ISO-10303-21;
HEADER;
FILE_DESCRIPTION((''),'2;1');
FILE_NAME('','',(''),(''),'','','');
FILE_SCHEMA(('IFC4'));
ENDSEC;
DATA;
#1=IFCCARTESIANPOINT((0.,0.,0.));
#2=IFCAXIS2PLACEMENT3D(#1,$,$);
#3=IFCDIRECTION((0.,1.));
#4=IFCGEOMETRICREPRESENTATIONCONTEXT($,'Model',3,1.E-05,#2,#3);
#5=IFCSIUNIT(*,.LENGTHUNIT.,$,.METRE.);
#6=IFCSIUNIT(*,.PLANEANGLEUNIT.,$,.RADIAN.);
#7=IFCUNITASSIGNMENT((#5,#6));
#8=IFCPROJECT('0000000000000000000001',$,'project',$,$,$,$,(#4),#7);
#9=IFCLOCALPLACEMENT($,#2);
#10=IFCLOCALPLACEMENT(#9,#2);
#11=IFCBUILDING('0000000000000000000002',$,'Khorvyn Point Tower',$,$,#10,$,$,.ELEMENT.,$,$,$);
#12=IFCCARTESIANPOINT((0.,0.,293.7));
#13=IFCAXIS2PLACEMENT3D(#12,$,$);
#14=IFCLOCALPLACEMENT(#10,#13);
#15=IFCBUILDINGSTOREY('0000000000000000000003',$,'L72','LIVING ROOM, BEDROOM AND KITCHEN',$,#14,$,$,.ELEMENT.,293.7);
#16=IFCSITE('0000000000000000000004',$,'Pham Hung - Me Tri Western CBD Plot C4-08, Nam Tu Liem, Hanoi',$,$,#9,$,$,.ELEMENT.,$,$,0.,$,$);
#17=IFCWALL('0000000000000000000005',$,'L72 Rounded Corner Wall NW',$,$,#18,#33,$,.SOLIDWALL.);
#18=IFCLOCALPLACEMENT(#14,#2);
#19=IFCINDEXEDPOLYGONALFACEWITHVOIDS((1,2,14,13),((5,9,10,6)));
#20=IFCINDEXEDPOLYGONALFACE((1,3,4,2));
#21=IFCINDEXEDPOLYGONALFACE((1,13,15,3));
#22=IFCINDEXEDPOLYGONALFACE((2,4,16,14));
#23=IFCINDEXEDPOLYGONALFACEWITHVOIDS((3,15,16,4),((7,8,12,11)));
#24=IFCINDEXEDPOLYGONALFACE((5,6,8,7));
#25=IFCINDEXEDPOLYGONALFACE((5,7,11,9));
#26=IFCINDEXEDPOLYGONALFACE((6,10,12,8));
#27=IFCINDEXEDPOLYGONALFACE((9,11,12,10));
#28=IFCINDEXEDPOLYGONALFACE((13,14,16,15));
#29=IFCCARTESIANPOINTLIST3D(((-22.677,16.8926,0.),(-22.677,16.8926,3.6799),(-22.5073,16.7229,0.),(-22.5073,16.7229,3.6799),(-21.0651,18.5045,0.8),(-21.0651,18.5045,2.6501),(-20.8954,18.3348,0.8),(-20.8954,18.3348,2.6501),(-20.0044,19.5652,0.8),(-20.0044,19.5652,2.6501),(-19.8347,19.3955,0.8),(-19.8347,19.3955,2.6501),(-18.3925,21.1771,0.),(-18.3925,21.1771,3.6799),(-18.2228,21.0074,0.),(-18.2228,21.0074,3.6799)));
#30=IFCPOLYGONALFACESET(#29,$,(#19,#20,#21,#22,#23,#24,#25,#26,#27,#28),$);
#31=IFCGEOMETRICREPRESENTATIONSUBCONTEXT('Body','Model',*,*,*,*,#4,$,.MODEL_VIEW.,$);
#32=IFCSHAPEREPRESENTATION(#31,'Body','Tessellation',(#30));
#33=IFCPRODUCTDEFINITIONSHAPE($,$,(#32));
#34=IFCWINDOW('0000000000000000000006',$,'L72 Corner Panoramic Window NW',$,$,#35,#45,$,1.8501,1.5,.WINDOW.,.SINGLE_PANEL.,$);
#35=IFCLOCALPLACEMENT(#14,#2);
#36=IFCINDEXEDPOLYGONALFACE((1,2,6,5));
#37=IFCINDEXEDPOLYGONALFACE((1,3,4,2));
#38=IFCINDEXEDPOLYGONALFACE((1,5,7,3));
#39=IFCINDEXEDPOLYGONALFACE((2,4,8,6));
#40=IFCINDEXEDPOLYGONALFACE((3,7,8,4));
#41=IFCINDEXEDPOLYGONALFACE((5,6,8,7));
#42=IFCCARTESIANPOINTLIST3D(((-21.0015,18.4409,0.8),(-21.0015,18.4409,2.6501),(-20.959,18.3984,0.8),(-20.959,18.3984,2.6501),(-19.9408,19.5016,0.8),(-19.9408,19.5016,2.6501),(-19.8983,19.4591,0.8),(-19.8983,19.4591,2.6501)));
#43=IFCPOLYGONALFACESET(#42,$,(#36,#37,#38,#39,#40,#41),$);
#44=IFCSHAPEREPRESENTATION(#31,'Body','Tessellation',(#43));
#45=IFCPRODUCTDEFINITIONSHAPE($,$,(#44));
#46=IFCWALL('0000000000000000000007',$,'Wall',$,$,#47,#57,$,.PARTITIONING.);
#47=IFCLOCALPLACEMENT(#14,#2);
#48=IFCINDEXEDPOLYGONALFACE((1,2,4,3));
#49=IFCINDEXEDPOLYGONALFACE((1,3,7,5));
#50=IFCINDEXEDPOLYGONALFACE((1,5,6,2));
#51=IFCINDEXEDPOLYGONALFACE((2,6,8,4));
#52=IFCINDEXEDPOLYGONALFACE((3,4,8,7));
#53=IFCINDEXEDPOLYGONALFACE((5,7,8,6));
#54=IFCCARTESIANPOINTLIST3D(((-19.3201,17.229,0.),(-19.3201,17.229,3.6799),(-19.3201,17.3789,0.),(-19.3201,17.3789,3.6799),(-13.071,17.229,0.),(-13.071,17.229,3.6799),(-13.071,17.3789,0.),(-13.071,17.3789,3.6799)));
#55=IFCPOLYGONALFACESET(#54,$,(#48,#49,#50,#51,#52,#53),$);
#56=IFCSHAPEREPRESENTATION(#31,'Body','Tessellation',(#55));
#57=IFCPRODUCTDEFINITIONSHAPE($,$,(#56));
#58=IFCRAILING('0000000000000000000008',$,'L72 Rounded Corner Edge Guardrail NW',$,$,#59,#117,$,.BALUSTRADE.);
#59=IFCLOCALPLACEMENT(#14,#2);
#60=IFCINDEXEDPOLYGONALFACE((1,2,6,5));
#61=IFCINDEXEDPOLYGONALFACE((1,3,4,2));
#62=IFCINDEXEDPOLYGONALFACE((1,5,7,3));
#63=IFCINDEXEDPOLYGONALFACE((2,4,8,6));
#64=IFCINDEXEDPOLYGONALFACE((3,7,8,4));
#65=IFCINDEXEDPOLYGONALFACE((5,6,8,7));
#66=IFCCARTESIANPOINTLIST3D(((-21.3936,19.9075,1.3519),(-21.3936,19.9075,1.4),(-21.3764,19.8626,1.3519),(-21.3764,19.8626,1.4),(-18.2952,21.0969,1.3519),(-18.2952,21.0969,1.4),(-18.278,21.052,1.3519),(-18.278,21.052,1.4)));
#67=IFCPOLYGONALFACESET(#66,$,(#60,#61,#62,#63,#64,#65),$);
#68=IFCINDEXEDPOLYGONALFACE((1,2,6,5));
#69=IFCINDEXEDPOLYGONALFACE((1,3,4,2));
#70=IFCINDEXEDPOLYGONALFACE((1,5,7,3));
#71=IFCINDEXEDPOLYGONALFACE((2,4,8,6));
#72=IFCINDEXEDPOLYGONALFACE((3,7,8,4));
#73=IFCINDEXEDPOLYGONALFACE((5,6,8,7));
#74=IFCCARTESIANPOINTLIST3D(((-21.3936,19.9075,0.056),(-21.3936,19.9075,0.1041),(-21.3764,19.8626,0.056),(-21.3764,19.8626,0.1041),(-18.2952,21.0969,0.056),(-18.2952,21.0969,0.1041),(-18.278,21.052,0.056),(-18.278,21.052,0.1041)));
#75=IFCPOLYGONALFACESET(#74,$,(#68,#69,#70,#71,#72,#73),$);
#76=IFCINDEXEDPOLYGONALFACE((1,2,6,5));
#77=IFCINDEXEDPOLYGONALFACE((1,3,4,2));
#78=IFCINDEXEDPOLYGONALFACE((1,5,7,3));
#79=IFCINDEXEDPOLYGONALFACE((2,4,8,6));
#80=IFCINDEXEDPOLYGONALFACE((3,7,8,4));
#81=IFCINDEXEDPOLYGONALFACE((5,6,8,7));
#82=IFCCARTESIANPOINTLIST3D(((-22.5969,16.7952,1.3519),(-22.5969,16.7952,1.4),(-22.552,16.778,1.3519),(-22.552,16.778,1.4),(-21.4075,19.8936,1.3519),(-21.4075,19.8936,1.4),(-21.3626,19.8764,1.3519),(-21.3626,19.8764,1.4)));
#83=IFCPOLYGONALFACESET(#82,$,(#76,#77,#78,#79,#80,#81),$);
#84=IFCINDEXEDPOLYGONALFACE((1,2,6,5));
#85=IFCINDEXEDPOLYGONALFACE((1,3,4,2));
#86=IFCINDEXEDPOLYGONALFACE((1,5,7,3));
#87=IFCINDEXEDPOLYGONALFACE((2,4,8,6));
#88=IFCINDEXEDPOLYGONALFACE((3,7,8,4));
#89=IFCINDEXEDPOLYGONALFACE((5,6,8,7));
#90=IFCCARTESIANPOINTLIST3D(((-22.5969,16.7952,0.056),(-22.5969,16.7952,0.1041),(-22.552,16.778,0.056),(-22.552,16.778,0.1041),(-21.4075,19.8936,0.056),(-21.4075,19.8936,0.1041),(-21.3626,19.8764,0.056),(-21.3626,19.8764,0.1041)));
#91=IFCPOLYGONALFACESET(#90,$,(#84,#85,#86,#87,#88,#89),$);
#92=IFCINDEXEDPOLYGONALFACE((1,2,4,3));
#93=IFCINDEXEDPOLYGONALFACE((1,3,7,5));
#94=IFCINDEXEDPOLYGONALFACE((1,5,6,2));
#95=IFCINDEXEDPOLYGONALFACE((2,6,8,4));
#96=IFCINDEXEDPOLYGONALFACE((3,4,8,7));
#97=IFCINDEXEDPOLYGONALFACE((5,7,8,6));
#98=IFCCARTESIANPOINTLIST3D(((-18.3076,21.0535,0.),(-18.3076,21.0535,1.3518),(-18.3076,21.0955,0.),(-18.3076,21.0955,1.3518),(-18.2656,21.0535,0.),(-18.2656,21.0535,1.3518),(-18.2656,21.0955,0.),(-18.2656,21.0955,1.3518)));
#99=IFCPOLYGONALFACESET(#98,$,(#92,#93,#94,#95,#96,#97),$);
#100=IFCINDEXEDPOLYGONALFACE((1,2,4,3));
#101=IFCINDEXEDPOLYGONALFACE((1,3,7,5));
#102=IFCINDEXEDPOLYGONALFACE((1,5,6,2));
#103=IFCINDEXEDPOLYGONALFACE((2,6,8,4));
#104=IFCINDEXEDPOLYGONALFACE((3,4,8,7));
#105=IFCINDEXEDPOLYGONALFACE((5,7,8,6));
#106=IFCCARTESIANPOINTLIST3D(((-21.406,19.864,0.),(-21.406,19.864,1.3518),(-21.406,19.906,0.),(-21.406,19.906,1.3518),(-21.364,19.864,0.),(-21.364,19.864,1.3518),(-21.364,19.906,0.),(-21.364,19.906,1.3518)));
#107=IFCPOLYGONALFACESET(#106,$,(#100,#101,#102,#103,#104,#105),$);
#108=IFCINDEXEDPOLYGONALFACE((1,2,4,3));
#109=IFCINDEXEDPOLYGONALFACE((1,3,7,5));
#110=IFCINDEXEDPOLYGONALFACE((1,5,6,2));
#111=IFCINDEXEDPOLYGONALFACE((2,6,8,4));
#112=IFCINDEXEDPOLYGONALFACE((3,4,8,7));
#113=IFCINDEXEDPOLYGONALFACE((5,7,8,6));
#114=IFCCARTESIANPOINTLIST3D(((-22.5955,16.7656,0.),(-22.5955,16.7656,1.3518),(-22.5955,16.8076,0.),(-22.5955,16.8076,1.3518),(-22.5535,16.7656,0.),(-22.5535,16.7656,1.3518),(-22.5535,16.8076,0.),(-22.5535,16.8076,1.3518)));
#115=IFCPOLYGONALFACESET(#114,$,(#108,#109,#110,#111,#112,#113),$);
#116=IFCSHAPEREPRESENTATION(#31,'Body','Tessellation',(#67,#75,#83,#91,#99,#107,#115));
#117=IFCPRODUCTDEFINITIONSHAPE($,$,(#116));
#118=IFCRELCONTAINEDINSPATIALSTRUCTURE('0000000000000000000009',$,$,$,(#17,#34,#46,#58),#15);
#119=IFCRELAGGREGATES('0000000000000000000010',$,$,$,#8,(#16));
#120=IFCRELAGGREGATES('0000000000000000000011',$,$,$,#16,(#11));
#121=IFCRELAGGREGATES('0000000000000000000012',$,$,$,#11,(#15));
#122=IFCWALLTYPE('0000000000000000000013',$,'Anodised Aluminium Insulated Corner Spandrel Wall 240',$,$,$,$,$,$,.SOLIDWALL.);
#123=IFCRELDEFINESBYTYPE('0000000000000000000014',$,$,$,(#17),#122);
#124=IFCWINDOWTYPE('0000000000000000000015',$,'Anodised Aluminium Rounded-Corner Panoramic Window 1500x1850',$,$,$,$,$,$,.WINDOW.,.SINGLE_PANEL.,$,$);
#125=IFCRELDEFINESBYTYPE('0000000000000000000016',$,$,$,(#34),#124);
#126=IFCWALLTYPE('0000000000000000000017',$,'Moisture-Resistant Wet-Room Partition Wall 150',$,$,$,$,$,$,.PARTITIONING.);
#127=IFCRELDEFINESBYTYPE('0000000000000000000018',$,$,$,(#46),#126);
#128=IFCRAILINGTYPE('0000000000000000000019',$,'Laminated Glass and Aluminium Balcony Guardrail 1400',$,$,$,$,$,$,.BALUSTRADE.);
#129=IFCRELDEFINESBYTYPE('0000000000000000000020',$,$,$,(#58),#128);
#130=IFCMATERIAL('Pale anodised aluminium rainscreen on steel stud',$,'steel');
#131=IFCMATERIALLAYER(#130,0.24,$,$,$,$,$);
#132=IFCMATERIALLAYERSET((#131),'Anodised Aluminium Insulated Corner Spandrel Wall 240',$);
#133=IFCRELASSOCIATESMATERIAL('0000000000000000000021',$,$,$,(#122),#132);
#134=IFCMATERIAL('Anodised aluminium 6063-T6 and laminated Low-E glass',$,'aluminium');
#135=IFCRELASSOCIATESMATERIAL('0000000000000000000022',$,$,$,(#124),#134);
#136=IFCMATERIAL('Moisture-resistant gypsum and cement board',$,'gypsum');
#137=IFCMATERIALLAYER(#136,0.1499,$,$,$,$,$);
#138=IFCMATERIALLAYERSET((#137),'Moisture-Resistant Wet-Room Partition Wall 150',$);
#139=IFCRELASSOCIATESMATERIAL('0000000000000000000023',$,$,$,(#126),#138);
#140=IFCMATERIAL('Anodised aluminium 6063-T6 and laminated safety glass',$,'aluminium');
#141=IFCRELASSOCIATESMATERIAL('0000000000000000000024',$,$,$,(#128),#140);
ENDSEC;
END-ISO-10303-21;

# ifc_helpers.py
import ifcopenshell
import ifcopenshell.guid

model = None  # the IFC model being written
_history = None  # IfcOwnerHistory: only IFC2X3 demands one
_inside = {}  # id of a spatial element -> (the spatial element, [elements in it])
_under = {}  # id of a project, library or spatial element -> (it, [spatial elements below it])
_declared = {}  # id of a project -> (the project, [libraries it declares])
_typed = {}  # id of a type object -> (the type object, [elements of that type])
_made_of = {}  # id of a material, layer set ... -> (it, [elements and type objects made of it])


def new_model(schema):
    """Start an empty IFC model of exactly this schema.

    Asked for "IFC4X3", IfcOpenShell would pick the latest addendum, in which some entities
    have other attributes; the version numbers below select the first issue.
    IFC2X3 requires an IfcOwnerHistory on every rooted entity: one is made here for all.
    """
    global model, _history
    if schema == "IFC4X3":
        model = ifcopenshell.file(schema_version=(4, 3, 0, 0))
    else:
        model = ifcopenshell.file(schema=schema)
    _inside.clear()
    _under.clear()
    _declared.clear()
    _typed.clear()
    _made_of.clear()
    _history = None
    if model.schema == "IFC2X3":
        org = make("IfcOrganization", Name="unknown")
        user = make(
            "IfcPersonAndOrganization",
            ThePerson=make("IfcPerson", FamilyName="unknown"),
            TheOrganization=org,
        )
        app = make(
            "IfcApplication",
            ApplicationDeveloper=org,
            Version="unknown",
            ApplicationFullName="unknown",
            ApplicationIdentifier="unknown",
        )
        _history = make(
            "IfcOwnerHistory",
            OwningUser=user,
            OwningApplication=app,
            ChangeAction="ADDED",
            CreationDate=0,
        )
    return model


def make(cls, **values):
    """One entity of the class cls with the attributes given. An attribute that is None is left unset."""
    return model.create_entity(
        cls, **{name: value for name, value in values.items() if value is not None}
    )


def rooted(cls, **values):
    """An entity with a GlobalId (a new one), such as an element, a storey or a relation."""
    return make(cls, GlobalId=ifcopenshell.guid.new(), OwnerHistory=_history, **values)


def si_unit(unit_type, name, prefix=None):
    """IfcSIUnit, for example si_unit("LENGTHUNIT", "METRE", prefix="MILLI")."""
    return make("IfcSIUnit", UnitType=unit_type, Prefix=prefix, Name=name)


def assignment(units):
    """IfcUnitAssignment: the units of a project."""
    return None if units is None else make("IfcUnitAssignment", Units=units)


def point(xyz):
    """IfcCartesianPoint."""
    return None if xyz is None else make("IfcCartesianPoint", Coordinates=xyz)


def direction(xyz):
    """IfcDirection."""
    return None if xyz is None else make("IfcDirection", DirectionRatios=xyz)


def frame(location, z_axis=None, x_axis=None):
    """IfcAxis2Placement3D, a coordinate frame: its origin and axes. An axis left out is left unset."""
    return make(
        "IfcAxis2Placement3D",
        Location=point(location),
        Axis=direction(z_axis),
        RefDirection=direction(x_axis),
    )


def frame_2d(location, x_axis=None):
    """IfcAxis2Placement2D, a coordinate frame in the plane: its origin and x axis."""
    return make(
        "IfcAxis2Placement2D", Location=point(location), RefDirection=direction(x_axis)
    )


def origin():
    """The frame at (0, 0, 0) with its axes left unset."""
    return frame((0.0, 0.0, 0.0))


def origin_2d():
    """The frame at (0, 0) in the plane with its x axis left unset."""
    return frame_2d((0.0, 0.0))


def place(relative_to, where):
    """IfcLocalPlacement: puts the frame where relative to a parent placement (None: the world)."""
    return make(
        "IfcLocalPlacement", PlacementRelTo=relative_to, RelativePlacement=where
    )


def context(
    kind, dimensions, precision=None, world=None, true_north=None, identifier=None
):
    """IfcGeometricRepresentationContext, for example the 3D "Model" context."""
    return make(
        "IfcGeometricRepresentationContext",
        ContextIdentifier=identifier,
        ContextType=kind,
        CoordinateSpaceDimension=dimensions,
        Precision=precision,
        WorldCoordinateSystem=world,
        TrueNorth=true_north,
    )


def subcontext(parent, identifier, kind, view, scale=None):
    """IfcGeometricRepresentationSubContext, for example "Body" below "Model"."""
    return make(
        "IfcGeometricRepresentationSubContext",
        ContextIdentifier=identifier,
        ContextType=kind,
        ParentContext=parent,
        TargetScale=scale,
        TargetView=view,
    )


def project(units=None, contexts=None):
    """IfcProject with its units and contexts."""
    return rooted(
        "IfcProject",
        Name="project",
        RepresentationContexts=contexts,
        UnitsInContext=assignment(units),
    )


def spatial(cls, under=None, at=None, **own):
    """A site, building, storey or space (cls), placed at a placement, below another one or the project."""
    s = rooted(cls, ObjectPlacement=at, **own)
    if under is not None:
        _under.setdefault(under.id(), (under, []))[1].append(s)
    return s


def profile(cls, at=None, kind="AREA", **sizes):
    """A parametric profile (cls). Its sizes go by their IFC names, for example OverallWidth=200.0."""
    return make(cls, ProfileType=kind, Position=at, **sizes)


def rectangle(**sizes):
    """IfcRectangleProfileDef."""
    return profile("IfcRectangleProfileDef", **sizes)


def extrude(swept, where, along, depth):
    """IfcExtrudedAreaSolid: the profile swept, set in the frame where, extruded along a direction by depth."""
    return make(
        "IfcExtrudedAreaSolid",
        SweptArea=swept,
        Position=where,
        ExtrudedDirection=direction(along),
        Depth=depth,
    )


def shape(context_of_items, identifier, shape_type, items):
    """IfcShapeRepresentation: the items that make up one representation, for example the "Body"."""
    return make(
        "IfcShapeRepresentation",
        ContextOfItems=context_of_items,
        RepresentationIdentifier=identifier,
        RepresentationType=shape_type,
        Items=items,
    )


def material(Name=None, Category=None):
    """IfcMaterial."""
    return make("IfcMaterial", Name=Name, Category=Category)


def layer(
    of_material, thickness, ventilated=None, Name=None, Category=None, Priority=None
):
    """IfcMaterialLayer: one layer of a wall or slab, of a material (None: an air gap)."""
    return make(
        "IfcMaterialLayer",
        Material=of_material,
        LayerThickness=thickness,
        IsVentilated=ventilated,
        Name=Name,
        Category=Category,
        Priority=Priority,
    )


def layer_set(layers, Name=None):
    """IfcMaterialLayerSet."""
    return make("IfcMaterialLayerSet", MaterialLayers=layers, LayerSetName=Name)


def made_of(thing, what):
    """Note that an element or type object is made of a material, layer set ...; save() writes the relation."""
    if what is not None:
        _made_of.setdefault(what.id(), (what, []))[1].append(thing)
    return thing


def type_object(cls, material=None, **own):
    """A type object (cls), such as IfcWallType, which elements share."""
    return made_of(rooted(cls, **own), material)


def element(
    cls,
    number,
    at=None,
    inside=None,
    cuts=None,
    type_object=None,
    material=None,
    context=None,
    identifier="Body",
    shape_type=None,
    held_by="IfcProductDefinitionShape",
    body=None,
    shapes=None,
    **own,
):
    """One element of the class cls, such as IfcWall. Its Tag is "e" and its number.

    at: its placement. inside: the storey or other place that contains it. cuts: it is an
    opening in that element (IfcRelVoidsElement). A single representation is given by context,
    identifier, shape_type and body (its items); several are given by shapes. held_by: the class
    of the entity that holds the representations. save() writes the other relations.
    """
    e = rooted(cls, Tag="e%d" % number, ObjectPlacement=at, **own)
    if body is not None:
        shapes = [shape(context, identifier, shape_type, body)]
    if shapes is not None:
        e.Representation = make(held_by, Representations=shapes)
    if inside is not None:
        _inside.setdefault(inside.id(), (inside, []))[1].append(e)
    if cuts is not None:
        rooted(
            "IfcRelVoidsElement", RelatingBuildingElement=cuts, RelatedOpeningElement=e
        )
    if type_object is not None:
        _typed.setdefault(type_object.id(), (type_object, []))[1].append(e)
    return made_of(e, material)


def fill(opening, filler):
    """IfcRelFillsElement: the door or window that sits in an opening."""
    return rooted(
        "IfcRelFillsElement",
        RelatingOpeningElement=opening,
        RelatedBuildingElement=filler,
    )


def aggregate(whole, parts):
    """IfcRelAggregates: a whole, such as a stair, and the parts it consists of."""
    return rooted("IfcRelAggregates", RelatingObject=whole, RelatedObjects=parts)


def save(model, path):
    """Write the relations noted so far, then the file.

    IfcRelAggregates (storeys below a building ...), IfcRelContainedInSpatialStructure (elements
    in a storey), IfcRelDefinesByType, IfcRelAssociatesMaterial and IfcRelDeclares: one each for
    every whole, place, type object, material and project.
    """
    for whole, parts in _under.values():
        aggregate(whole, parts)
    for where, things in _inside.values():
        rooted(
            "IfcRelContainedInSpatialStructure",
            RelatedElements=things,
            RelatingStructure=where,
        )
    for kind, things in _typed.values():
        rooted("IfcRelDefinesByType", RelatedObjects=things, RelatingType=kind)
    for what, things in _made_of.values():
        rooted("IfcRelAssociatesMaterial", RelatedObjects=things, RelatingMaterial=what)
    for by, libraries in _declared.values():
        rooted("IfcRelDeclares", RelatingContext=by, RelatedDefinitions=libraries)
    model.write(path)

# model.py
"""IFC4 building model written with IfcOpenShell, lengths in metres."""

from ifc_helpers import new_model, si_unit, direction, frame, frame_2d, origin, origin_2d, place, context, subcontext, project, spatial, rectangle, extrude, material, layer, layer_set, type_object, element, fill, save


model = new_model("IFC4")

# Units and contexts
model_context = context("Model", 3, precision=1e-05, world=origin(), true_north=direction((0.0, 1.0)))
body_context = subcontext(model_context, "Body", "Model", "MODEL_VIEW")
ifc_project = project(units=[si_unit("LENGTHUNIT", "METRE"), si_unit("PLANEANGLEUNIT", "RADIAN")], contexts=[model_context])

# Site, building, storey
site_placement = place(None, origin())
site = spatial("IfcSite", under=ifc_project, at=site_placement, Name="Pham Hung - Me Tri Western CBD Plot C4-08, Nam Tu Liem, Hanoi", CompositionType="ELEMENT", RefElevation=0.0)
building_placement = place(site_placement, origin())
building = spatial("IfcBuilding", under=site, at=building_placement, Name="Khorvyn Point Tower", CompositionType="ELEMENT")
storey_placement = place(building_placement, frame((0.0, 0.0, 293.7)))
storey = spatial("IfcBuildingStorey", under=building, at=storey_placement, Name="L72", Description="LIVING ROOM, BEDROOM AND KITCHEN", CompositionType="ELEMENT", Elevation=293.7)

# Shared definitions
ifc_material_1 = material(Name="Anodised aluminium 6063-T6 and laminated Low-E glass", Category="aluminium")

# Wall, opening, window
ifc_material_2 = material(Name="Pale anodised aluminium rainscreen on steel stud", Category="steel")
ifc_layer_1 = layer(ifc_material_2, 0.24)
ifc_layer_set_1 = layer_set([ifc_layer_1], Name="Anodised Aluminium Insulated Corner Spandrel Wall 240")
wall_type_1 = type_object("IfcWallType", Name="Anodised Aluminium Insulated Corner Spandrel Wall 240", PredefinedType="SOLIDWALL", material=ifc_layer_set_1)
wall_1_placement = place(storey_placement, frame((-22.5923, 16.8076, 0.0), z_axis=(0.0, 0.0, 1.0), x_axis=(0.707107, 0.707107, 0.0)))
wall_1 = element("IfcWall", 1, at=wall_1_placement, inside=storey, type_object=wall_type_1, Name="L72 Rounded Corner Wall NW", PredefinedType="SOLIDWALL", context=body_context, shape_type="SweptSolid", body=[
    extrude(rectangle(XDim=6.0593, YDim=0.24, at=frame_2d((3.0298, 0.0))), origin(), (0.0, 0.0, 1.0), 3.6799),
])
opening_1_placement = place(wall_1_placement, frame((2.2798, 0.0, 0.8)))
opening_1 = element("IfcOpeningElement", 2, at=opening_1_placement, cuts=wall_1, PredefinedType="OPENING", context=body_context, shape_type="SweptSolid", body=[
    extrude(rectangle(XDim=1.5, YDim=1.8501, at=frame_2d((0.75, 0.925))), frame((0.0, 0.1299, 0.0), z_axis=(0.0, -1.0, 0.0), x_axis=(1.0, 0.0, 0.0)), (0.0, 0.0, 1.0), 0.26),
])
window_type = type_object("IfcWindowType", Name="Anodised Aluminium Rounded-Corner Panoramic Window 1500x1850", PartitioningType="SINGLE_PANEL", PredefinedType="WINDOW", material=ifc_material_1)
window_placement = place(opening_1_placement, origin())
window = element("IfcWindow", 3, at=window_placement, inside=storey, type_object=window_type, Name="L72 Corner Panoramic Window NW", OverallHeight=1.8501, OverallWidth=1.5, PartitioningType="SINGLE_PANEL", PredefinedType="WINDOW", context=body_context, shape_type="SweptSolid", body=[
    extrude(rectangle(XDim=1.5, YDim=1.8501, at=frame_2d((0.75, 0.925))), frame((0.0, 0.03, 0.0), z_axis=(0.0, -1.0, 0.0), x_axis=(1.0, 0.0, 0.0)), (0.0, 0.0, 1.0), 0.0601),
])
fill(opening_1, window)

# Wall
ifc_material_3 = material(Name="Moisture-resistant gypsum and cement board", Category="gypsum")
ifc_layer_2 = layer(ifc_material_3, 0.1499)
ifc_layer_set_2 = layer_set([ifc_layer_2], Name="Moisture-Resistant Wet-Room Partition Wall 150")
wall_type_2 = type_object("IfcWallType", Name="Moisture-Resistant Wet-Room Partition Wall 150", PredefinedType="PARTITIONING", material=ifc_layer_set_2)
wall_2_placement = place(storey_placement, frame((-19.3201, 17.304, 0.0), z_axis=(0.0, 0.0, 1.0), x_axis=(1.0, 0.0, 0.0)))
element("IfcWall", 4, at=wall_2_placement, inside=storey, type_object=wall_type_2, Name="Wall", PredefinedType="PARTITIONING", context=body_context, shape_type="SweptSolid", body=[
    extrude(rectangle(XDim=6.249, YDim=0.1499, at=frame_2d((3.1245, 0.0))), origin(), (0.0, 0.0, 1.0), 3.6799),
])

# Railing
ifc_material_4 = material(Name="Anodised aluminium 6063-T6 and laminated safety glass", Category="aluminium")
railing_type = type_object("IfcRailingType", Name="Laminated Glass and Aluminium Balcony Guardrail 1400", PredefinedType="BALUSTRADE", material=ifc_material_4)
railing_placement = place(storey_placement, frame((-18.2866, 21.0745, 0.0)))
element("IfcRailing", 5, at=railing_placement, inside=storey, type_object=railing_type, Name="L72 Rounded Corner Edge Guardrail NW", PredefinedType="BALUSTRADE", context=body_context, shape_type="SweptSolid", body=[
    extrude(rectangle(XDim=0.0481, YDim=0.0481, at=origin_2d()), frame((0.0, 0.0, 1.376), z_axis=(-0.933571, -0.358392, 0.0), x_axis=(0.358392, -0.933571, 0.0)), (0.0, 0.0, 1.0), 3.3188),
    extrude(rectangle(XDim=0.0481, YDim=0.0481, at=origin_2d()), frame((0.0, 0.0, 0.0801), z_axis=(-0.933571, -0.358392, 0.0), x_axis=(0.358392, -0.933571, 0.0)), (0.0, 0.0, 1.0), 3.3188),
    extrude(rectangle(XDim=0.0481, YDim=0.0481, at=origin_2d()), frame((-3.0984, -1.1895, 1.376), z_axis=(-0.358392, -0.933571, 0.0), x_axis=(0.933571, -0.358392, 0.0)), (0.0, 0.0, 1.0), 3.3188),
    extrude(rectangle(XDim=0.0481, YDim=0.0481, at=origin_2d()), frame((-3.0984, -1.1895, 0.0801), z_axis=(-0.358392, -0.933571, 0.0), x_axis=(0.933571, -0.358392, 0.0)), (0.0, 0.0, 1.0), 3.3188),
    extrude(rectangle(XDim=0.042, YDim=0.042, at=origin_2d()), origin(), (0.0, 0.0, 1.0), 1.3518),
    extrude(rectangle(XDim=0.042, YDim=0.042, at=origin_2d()), frame((-3.0984, -1.1895, 0.0)), (0.0, 0.0, 1.0), 1.3518),
    extrude(rectangle(XDim=0.042, YDim=0.042, at=origin_2d()), frame((-4.2878, -4.2878, 0.0)), (0.0, 0.0, 1.0), 1.3518),
])

save(model, "model.ifc")
